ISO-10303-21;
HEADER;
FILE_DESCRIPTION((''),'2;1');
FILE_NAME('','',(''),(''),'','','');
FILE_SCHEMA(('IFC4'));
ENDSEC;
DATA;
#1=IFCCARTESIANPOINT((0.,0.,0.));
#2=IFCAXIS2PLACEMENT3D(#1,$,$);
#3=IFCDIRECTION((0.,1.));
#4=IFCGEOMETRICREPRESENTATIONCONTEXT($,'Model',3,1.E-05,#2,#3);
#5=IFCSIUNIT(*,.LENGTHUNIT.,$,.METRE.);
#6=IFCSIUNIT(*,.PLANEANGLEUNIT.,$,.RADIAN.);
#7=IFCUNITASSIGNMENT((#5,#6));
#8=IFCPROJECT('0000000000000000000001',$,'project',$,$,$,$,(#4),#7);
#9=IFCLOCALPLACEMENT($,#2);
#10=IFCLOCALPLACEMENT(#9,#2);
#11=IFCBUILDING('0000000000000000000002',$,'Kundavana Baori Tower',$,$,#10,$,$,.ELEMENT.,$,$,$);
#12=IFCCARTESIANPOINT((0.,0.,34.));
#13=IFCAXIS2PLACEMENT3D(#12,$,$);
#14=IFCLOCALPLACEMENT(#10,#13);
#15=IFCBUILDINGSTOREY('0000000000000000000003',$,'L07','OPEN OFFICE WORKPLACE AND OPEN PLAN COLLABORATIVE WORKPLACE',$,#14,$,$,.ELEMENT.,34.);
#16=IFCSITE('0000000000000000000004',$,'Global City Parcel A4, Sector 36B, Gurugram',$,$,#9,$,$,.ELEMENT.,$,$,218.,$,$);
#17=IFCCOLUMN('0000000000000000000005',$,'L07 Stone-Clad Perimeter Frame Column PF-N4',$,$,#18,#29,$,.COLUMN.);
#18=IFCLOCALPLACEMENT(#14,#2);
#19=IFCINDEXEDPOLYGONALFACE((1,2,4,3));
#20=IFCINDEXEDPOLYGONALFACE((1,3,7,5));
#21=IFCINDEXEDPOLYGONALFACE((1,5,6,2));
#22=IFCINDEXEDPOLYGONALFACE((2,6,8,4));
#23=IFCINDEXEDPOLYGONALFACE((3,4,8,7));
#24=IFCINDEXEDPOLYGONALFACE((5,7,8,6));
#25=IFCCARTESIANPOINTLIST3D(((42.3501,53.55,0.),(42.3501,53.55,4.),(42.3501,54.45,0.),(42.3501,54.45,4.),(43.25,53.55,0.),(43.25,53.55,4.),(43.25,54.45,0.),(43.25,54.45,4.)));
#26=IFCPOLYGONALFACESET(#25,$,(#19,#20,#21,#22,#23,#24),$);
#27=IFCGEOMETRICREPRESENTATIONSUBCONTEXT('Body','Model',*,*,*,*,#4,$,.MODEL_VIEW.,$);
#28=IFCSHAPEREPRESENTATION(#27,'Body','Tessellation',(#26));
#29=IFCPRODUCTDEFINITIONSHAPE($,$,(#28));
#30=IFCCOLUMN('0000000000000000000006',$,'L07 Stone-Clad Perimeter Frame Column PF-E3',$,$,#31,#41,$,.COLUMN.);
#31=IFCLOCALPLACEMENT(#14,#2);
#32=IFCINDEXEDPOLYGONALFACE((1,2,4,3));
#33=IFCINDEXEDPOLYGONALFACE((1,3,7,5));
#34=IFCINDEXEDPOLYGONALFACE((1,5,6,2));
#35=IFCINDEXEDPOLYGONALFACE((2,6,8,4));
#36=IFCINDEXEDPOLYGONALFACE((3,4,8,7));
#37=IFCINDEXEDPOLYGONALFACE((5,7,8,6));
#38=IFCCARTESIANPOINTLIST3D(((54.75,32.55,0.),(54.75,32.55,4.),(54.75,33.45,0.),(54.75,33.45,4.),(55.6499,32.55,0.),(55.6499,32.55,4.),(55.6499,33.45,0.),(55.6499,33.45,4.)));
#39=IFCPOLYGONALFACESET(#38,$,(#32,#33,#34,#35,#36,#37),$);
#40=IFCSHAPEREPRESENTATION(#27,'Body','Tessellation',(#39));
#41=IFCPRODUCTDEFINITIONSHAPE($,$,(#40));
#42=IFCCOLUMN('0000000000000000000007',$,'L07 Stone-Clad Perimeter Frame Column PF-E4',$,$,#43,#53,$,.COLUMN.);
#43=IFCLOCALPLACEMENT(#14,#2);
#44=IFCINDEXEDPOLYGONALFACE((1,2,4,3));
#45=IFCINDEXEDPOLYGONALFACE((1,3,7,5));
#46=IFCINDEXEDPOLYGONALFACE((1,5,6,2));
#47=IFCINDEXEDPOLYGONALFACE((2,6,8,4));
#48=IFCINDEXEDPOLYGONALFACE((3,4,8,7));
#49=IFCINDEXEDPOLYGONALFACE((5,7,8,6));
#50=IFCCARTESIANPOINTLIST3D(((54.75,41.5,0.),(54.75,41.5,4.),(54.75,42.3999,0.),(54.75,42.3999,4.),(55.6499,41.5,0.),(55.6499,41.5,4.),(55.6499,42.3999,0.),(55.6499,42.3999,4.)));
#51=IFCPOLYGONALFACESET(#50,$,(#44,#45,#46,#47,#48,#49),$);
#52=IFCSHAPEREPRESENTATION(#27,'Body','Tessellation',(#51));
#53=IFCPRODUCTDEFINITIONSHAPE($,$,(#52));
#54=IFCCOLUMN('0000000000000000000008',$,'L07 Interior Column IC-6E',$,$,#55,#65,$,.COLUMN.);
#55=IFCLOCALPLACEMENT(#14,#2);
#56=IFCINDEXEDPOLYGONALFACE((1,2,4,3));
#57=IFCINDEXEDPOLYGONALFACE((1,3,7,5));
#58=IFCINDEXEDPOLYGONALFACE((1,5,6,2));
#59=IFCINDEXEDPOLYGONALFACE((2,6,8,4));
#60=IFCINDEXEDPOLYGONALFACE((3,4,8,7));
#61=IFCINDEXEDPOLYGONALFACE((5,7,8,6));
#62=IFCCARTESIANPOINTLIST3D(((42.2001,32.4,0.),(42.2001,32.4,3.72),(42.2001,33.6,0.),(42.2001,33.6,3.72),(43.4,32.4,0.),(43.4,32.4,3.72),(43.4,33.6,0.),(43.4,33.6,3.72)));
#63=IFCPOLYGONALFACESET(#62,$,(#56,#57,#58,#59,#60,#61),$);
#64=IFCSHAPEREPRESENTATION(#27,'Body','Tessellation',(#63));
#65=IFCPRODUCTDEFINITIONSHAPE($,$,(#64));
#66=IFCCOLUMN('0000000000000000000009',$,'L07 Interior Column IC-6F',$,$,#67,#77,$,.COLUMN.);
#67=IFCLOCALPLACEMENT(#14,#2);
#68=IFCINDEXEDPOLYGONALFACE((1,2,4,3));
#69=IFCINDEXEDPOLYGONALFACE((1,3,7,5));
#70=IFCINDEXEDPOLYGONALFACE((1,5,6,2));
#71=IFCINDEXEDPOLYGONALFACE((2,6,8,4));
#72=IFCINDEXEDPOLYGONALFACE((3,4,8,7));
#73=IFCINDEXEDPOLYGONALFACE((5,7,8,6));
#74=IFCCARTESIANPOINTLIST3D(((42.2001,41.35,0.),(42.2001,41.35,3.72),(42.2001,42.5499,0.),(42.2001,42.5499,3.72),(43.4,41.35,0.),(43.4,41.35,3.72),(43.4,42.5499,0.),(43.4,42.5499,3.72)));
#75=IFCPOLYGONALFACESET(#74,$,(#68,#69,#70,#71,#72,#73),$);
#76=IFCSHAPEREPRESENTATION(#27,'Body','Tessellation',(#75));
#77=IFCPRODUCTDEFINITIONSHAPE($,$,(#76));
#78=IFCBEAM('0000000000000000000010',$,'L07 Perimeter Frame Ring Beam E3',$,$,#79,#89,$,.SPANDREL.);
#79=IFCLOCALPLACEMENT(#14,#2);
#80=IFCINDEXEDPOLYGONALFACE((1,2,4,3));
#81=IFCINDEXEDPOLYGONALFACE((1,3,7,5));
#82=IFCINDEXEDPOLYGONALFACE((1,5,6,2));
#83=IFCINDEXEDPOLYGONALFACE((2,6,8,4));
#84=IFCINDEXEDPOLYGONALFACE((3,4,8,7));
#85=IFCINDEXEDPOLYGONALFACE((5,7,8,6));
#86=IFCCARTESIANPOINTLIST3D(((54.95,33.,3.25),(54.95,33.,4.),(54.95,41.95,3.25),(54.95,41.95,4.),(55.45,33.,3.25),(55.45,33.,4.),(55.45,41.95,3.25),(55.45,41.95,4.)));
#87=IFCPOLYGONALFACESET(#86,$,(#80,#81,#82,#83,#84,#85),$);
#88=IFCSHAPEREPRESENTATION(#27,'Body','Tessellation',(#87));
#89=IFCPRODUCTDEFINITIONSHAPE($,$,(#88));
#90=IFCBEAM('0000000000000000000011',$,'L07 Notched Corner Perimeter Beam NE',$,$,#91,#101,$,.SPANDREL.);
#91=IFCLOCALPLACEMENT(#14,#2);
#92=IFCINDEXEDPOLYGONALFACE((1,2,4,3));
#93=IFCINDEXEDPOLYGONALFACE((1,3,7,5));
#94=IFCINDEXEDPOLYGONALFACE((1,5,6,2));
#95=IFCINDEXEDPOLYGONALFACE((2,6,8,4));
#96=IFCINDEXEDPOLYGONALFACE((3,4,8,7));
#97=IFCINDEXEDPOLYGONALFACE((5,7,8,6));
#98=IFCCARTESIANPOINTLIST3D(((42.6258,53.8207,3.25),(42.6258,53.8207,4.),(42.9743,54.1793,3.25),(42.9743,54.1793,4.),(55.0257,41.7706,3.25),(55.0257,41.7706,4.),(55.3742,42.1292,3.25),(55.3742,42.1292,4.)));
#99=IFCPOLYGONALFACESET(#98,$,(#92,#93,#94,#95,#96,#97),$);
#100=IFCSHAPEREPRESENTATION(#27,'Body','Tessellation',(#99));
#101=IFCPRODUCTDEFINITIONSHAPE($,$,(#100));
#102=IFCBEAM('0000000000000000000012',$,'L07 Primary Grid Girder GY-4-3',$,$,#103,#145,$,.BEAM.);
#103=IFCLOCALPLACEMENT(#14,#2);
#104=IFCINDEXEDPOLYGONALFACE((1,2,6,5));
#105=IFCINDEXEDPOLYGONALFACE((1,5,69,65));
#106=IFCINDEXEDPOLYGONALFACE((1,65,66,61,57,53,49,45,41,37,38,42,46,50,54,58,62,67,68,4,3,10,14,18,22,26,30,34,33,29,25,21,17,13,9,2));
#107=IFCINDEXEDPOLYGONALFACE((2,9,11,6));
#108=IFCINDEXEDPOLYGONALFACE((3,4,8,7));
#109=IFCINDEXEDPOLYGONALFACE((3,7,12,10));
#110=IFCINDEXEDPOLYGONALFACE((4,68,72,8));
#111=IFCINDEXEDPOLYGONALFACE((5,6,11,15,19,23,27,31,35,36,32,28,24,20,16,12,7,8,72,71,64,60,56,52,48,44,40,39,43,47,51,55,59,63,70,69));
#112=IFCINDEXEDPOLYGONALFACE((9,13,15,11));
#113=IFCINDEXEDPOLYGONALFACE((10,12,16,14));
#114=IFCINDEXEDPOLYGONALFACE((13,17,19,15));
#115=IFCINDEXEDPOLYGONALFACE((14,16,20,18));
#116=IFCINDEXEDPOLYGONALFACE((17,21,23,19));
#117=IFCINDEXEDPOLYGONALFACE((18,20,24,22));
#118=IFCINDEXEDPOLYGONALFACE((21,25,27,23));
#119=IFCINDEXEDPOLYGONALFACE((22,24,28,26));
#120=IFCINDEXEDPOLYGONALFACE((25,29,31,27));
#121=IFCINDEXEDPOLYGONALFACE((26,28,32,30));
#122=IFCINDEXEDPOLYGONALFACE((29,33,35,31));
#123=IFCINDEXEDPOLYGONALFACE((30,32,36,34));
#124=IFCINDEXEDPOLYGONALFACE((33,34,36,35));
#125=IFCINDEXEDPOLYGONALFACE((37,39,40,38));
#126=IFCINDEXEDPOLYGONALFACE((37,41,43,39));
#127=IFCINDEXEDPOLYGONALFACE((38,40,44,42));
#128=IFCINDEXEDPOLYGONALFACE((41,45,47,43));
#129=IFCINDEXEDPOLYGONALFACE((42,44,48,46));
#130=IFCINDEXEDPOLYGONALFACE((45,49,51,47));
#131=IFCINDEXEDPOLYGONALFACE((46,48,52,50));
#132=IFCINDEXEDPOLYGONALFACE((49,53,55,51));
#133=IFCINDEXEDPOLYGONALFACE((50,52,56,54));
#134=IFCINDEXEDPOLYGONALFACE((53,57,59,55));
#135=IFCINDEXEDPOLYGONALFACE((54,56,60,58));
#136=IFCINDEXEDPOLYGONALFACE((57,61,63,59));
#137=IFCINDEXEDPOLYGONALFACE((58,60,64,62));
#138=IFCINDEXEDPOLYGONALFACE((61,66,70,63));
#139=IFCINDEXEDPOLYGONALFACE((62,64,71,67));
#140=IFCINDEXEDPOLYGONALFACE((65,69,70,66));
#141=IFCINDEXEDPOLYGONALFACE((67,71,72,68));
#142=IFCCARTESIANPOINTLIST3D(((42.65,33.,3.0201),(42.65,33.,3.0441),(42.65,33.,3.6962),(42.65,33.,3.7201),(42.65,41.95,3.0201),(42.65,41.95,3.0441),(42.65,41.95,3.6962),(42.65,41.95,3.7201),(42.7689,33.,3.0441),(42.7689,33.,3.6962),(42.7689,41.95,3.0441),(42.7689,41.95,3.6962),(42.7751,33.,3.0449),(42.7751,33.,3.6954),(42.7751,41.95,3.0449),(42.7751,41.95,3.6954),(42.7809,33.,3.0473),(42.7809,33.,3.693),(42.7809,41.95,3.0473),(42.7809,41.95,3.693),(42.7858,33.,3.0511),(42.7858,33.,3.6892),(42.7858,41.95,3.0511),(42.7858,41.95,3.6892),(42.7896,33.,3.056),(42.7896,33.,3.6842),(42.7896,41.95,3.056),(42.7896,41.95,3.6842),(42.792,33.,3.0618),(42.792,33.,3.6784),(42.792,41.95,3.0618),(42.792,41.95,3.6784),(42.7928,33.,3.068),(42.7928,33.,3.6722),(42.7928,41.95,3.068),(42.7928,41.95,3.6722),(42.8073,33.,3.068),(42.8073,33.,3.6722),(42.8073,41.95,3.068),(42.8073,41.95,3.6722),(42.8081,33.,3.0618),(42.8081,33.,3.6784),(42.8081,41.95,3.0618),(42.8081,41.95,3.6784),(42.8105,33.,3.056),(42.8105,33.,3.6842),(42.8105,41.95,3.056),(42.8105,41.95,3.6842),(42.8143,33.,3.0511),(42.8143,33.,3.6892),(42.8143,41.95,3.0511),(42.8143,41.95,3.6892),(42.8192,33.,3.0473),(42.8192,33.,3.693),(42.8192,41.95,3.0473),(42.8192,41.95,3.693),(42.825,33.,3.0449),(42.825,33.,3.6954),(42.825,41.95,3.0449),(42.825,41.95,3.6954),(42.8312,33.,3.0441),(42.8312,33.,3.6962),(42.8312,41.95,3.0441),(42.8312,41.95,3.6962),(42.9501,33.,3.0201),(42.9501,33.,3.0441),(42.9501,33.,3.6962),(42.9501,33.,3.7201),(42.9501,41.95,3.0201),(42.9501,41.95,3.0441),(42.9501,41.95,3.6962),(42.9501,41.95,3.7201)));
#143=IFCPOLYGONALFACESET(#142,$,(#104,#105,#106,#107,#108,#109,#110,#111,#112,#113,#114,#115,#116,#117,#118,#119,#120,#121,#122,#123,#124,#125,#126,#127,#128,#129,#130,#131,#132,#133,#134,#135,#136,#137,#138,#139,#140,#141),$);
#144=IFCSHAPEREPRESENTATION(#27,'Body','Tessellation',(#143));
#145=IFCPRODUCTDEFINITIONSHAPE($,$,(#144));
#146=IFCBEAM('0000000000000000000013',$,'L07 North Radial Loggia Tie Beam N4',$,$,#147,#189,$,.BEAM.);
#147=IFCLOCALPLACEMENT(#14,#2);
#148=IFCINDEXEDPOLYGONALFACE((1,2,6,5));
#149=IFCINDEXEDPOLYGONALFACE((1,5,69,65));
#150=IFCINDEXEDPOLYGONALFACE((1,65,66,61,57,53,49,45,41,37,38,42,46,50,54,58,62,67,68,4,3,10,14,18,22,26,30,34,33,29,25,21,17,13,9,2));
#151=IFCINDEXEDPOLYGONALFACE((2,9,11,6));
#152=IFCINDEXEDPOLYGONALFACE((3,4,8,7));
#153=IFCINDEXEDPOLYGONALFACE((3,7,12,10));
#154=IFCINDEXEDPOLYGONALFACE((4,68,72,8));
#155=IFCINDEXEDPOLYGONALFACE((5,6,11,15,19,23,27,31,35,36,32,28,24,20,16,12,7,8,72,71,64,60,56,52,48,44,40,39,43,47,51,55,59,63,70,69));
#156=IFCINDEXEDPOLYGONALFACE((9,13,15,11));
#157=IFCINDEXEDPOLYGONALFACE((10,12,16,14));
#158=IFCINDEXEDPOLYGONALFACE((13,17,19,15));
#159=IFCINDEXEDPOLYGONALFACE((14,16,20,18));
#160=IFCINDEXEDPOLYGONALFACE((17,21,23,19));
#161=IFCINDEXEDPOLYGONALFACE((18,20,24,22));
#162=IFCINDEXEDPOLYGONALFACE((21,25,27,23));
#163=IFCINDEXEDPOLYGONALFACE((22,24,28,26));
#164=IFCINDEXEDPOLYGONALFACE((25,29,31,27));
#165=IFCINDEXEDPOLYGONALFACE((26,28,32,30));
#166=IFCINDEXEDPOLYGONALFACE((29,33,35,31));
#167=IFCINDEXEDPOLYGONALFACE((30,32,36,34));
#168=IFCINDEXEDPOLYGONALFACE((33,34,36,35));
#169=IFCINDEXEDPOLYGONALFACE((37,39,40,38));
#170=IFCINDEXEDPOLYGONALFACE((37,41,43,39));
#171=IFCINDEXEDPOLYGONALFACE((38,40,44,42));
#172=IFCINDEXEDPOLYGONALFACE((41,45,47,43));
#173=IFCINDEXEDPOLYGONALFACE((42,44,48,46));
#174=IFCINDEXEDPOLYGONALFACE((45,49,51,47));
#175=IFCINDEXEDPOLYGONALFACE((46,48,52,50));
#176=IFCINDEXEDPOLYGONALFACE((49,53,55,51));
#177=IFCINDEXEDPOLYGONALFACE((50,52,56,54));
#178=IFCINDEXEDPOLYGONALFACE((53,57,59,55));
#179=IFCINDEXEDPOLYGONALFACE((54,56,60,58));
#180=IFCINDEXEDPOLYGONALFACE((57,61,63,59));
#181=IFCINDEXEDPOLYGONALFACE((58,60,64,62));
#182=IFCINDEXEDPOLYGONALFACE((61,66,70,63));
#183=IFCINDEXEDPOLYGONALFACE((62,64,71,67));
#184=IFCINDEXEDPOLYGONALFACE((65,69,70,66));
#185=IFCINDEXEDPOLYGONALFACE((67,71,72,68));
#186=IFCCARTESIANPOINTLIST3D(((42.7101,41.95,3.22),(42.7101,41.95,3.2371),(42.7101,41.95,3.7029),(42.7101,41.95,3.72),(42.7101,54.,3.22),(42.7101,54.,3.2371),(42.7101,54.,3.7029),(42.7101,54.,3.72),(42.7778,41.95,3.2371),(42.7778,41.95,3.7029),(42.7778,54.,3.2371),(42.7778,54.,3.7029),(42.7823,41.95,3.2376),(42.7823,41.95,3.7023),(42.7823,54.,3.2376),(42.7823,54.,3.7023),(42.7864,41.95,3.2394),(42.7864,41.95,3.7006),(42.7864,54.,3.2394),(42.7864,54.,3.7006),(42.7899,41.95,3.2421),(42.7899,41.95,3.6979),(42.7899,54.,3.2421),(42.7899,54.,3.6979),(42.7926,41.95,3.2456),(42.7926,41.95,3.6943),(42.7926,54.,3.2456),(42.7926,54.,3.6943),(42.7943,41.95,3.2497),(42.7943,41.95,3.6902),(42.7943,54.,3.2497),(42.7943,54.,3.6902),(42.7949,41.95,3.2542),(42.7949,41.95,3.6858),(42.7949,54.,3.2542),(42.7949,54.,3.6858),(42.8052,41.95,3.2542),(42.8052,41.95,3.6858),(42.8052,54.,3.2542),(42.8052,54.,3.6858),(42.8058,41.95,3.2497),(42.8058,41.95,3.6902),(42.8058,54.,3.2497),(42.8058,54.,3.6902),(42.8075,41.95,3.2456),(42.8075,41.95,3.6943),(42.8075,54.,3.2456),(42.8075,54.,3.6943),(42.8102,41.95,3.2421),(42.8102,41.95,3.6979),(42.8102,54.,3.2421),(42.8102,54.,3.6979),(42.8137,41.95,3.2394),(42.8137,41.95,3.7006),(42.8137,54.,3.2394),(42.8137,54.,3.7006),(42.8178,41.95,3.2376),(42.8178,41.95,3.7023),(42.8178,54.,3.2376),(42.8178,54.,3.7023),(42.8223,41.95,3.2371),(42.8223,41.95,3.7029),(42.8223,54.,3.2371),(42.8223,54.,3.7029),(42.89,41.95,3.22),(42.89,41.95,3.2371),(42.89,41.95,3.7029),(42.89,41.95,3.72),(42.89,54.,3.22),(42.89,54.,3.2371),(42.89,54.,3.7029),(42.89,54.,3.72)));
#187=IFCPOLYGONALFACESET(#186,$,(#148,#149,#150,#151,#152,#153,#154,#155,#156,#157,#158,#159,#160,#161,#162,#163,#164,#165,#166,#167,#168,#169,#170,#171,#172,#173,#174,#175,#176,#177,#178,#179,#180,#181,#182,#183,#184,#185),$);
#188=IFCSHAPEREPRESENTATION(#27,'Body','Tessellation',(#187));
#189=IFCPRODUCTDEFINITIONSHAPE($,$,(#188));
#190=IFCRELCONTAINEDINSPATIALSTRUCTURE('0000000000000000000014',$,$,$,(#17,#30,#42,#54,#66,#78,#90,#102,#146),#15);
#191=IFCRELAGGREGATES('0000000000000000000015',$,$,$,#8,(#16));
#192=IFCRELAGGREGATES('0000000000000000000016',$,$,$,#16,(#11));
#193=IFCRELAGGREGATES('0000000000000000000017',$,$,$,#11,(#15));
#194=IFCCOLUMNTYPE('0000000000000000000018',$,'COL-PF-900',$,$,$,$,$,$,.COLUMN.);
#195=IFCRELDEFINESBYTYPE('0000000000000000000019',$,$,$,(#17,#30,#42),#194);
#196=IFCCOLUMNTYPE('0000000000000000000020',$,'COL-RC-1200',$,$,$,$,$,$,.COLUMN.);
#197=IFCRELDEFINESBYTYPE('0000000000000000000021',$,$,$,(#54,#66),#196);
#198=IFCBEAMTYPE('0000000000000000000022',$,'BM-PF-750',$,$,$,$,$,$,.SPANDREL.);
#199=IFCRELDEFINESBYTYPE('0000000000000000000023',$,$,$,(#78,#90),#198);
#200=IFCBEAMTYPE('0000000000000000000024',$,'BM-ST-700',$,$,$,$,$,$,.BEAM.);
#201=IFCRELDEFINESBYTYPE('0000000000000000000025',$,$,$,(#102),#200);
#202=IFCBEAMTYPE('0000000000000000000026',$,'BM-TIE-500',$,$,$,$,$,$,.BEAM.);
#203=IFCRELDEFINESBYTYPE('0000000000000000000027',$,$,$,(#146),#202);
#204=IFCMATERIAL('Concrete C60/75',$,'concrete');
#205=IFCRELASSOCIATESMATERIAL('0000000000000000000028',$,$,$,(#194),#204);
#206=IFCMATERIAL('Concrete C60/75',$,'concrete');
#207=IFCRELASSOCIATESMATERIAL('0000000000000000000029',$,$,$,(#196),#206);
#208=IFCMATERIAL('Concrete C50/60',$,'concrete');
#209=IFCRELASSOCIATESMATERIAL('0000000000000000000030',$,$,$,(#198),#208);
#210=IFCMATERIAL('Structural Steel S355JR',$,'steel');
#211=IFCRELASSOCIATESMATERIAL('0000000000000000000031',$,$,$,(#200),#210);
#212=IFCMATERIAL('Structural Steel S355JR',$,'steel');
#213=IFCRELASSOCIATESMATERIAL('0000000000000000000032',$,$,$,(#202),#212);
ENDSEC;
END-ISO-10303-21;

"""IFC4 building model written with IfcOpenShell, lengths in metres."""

from ifc_helpers import new_model, si_unit, direction, frame, origin, origin_2d, place, context, subcontext, project, spatial, rectangle, i_section, extrude, material, material_profile, profile_set, type_object, element, save


model = new_model("IFC4")

# Units and contexts
model_context = context("Model", 3, precision=1e-05, world=origin(), true_north=direction((0.0, 1.0)))
body_context = subcontext(model_context, "Body", "Model", "MODEL_VIEW")
ifc_project = project(units=[si_unit("LENGTHUNIT", "METRE"), si_unit("PLANEANGLEUNIT", "RADIAN")], contexts=[model_context])

# Site, building, storey
site_placement = place(None, origin())
site = spatial("IfcSite", under=ifc_project, at=site_placement, Name="Global City Parcel A4, Sector 36B, Gurugram", CompositionType="ELEMENT", RefElevation=218.0)
building_placement = place(site_placement, origin())
building = spatial("IfcBuilding", under=site, at=building_placement, Name="Kundavana Baori Tower", CompositionType="ELEMENT")
storey_placement = place(building_placement, frame((0.0, 0.0, 34.0)))
storey = spatial("IfcBuildingStorey", under=building, at=storey_placement, Name="L07", Description="OPEN OFFICE WORKPLACE AND OPEN PLAN COLLABORATIVE WORKPLACE", CompositionType="ELEMENT", Elevation=34.0)

# Columns
ifc_material_1 = material(Name="Concrete C60/75", Category="concrete")
ifc_material_profile_1 = material_profile(ifc_material_1, rectangle(XDim=0.8999, YDim=0.8999, at=origin_2d()), Name="RC PF 900x900")
ifc_profile_set_1 = profile_set([ifc_material_profile_1], Name="Concrete C60/75")
column_type_1 = type_object("IfcColumnType", Name="COL-PF-900", PredefinedType="COLUMN", material=ifc_profile_set_1)
for number, where, z_axis, x_axis, name in (
    (1, (42.8, 54.0, 0.0), (0.0, 0.0, 1.0), (1.0, 0.0, 0.0), "L07 Stone-Clad Perimeter Frame Column PF-N4"),
    (2, (55.2, 33.0, 0.0), (0.0, 0.0, 1.0), (1.0, 0.0, 0.0), "L07 Stone-Clad Perimeter Frame Column PF-E3"),
    (3, (55.2, 41.95, 0.0), (0.0, 0.0, 1.0), (1.0, 0.0, 0.0), "L07 Stone-Clad Perimeter Frame Column PF-E4"),
):
    element("IfcColumn", number, at=place(storey_placement, frame(where, z_axis=z_axis, x_axis=x_axis)), inside=storey, type_object=column_type_1, Name=name, PredefinedType="COLUMN", context=body_context, shape_type="SweptSolid", body=[
        extrude(rectangle(XDim=0.8999, YDim=0.8999, at=origin_2d()), origin(), (0.0, 0.0, 1.0), 4.0),
    ])
ifc_material_2 = material(Name="Concrete C60/75", Category="concrete")
ifc_material_profile_2 = material_profile(ifc_material_2, rectangle(XDim=1.2, YDim=1.2, at=origin_2d()), Name="RC 1200x1200")
ifc_profile_set_2 = profile_set([ifc_material_profile_2], Name="Concrete C60/75")
column_type_2 = type_object("IfcColumnType", Name="COL-RC-1200", PredefinedType="COLUMN", material=ifc_profile_set_2)
for number, where, z_axis, x_axis, name in (
    (4, (42.8, 33.0, 0.0), (0.0, 0.0, 1.0), (1.0, 0.0, 0.0), "L07 Interior Column IC-6E"),
    (5, (42.8, 41.95, 0.0), (0.0, 0.0, 1.0), (1.0, 0.0, 0.0), "L07 Interior Column IC-6F"),
):
    element("IfcColumn", number, at=place(storey_placement, frame(where, z_axis=z_axis, x_axis=x_axis)), inside=storey, type_object=column_type_2, Name=name, PredefinedType="COLUMN", context=body_context, shape_type="SweptSolid", body=[
        extrude(rectangle(XDim=1.2, YDim=1.2, at=origin_2d()), origin(), (0.0, 0.0, 1.0), 3.72),
    ])

# Beams
ifc_material_3 = material(Name="Concrete C50/60", Category="concrete")
ifc_material_profile_3 = material_profile(ifc_material_3, rectangle(XDim=0.5, YDim=0.75, at=origin_2d()), Name="RC BM 500x750")
ifc_profile_set_3 = profile_set([ifc_material_profile_3], Name="Concrete C50/60")
beam_type_1 = type_object("IfcBeamType", Name="BM-PF-750", PredefinedType="SPANDREL", material=ifc_profile_set_3)
beam_1_placement = place(storey_placement, frame((55.2, 33.0, 3.625), z_axis=(0.0, 1.0, 0.0), x_axis=(-1.0, 0.0, 0.0)))
element("IfcBeam", 6, at=beam_1_placement, inside=storey, type_object=beam_type_1, Name="L07 Perimeter Frame Ring Beam E3", PredefinedType="SPANDREL", context=body_context, shape_type="SweptSolid", body=[
    extrude(rectangle(XDim=0.5, YDim=0.75, at=origin_2d()), origin(), (0.0, 0.0, 1.0), 8.95),
])
beam_2_placement = place(storey_placement, frame((42.8, 54.0, 3.625), z_axis=(0.717151, -0.696917, 0.0), x_axis=(0.696917, 0.717151, 0.0)))
element("IfcBeam", 7, at=beam_2_placement, inside=storey, type_object=beam_type_1, Name="L07 Notched Corner Perimeter Beam NE", PredefinedType="SPANDREL", context=body_context, shape_type="SweptSolid", body=[
    extrude(rectangle(XDim=0.5, YDim=0.75, at=origin_2d()), origin(), (0.0, 0.0, 1.0), 17.2905),
])
ifc_material_4 = material(Name="Structural Steel S355JR", Category="steel")
ifc_material_profile_4 = material_profile(ifc_material_4, i_section(OverallWidth=0.3, OverallDepth=0.7, WebThickness=0.0144, FlangeThickness=0.0239, FilletRadius=0.0239, at=origin_2d()), Name="NPB 700x300x170")
ifc_profile_set_4 = profile_set([ifc_material_profile_4], Name="Structural Steel S355JR")
beam_type_2 = type_object("IfcBeamType", Name="BM-ST-700", PredefinedType="BEAM", material=ifc_profile_set_4)
beam_3_placement = place(storey_placement, frame((42.8, 33.0, 3.3701), z_axis=(0.0, 1.0, 0.0), x_axis=(-1.0, 0.0, 0.0)))
element("IfcBeam", 8, at=beam_3_placement, inside=storey, type_object=beam_type_2, Name="L07 Primary Grid Girder GY-4-3", PredefinedType="BEAM", context=body_context, shape_type="SweptSolid", body=[
    extrude(i_section(OverallWidth=0.3, OverallDepth=0.7, WebThickness=0.0144, FlangeThickness=0.0239, FilletRadius=0.0239, at=origin_2d()), origin(), (0.0, 0.0, 1.0), 8.95),
])
ifc_material_5 = material(Name="Structural Steel S355JR", Category="steel")
ifc_material_profile_5 = material_profile(ifc_material_5, i_section(OverallWidth=0.1799, OverallDepth=0.5, WebThickness=0.0103, FlangeThickness=0.0171, FilletRadius=0.0171, at=origin_2d()), Name="ISMB 500")
ifc_profile_set_5 = profile_set([ifc_material_profile_5], Name="Structural Steel S355JR")
beam_type_3 = type_object("IfcBeamType", Name="BM-TIE-500", PredefinedType="BEAM", material=ifc_profile_set_5)
beam_4_placement = place(storey_placement, frame((42.8, 41.95, 3.47), z_axis=(0.0, 1.0, 0.0), x_axis=(-1.0, 0.0, 0.0)))
element("IfcBeam", 9, at=beam_4_placement, inside=storey, type_object=beam_type_3, Name="L07 North Radial Loggia Tie Beam N4", PredefinedType="BEAM", context=body_context, shape_type="SweptSolid", body=[
    extrude(i_section(OverallWidth=0.1799, OverallDepth=0.5, WebThickness=0.0103, FlangeThickness=0.0171, FilletRadius=0.0171, at=origin_2d()), origin(), (0.0, 0.0, 1.0), 12.05),
])

save(model, "model.ifc")
